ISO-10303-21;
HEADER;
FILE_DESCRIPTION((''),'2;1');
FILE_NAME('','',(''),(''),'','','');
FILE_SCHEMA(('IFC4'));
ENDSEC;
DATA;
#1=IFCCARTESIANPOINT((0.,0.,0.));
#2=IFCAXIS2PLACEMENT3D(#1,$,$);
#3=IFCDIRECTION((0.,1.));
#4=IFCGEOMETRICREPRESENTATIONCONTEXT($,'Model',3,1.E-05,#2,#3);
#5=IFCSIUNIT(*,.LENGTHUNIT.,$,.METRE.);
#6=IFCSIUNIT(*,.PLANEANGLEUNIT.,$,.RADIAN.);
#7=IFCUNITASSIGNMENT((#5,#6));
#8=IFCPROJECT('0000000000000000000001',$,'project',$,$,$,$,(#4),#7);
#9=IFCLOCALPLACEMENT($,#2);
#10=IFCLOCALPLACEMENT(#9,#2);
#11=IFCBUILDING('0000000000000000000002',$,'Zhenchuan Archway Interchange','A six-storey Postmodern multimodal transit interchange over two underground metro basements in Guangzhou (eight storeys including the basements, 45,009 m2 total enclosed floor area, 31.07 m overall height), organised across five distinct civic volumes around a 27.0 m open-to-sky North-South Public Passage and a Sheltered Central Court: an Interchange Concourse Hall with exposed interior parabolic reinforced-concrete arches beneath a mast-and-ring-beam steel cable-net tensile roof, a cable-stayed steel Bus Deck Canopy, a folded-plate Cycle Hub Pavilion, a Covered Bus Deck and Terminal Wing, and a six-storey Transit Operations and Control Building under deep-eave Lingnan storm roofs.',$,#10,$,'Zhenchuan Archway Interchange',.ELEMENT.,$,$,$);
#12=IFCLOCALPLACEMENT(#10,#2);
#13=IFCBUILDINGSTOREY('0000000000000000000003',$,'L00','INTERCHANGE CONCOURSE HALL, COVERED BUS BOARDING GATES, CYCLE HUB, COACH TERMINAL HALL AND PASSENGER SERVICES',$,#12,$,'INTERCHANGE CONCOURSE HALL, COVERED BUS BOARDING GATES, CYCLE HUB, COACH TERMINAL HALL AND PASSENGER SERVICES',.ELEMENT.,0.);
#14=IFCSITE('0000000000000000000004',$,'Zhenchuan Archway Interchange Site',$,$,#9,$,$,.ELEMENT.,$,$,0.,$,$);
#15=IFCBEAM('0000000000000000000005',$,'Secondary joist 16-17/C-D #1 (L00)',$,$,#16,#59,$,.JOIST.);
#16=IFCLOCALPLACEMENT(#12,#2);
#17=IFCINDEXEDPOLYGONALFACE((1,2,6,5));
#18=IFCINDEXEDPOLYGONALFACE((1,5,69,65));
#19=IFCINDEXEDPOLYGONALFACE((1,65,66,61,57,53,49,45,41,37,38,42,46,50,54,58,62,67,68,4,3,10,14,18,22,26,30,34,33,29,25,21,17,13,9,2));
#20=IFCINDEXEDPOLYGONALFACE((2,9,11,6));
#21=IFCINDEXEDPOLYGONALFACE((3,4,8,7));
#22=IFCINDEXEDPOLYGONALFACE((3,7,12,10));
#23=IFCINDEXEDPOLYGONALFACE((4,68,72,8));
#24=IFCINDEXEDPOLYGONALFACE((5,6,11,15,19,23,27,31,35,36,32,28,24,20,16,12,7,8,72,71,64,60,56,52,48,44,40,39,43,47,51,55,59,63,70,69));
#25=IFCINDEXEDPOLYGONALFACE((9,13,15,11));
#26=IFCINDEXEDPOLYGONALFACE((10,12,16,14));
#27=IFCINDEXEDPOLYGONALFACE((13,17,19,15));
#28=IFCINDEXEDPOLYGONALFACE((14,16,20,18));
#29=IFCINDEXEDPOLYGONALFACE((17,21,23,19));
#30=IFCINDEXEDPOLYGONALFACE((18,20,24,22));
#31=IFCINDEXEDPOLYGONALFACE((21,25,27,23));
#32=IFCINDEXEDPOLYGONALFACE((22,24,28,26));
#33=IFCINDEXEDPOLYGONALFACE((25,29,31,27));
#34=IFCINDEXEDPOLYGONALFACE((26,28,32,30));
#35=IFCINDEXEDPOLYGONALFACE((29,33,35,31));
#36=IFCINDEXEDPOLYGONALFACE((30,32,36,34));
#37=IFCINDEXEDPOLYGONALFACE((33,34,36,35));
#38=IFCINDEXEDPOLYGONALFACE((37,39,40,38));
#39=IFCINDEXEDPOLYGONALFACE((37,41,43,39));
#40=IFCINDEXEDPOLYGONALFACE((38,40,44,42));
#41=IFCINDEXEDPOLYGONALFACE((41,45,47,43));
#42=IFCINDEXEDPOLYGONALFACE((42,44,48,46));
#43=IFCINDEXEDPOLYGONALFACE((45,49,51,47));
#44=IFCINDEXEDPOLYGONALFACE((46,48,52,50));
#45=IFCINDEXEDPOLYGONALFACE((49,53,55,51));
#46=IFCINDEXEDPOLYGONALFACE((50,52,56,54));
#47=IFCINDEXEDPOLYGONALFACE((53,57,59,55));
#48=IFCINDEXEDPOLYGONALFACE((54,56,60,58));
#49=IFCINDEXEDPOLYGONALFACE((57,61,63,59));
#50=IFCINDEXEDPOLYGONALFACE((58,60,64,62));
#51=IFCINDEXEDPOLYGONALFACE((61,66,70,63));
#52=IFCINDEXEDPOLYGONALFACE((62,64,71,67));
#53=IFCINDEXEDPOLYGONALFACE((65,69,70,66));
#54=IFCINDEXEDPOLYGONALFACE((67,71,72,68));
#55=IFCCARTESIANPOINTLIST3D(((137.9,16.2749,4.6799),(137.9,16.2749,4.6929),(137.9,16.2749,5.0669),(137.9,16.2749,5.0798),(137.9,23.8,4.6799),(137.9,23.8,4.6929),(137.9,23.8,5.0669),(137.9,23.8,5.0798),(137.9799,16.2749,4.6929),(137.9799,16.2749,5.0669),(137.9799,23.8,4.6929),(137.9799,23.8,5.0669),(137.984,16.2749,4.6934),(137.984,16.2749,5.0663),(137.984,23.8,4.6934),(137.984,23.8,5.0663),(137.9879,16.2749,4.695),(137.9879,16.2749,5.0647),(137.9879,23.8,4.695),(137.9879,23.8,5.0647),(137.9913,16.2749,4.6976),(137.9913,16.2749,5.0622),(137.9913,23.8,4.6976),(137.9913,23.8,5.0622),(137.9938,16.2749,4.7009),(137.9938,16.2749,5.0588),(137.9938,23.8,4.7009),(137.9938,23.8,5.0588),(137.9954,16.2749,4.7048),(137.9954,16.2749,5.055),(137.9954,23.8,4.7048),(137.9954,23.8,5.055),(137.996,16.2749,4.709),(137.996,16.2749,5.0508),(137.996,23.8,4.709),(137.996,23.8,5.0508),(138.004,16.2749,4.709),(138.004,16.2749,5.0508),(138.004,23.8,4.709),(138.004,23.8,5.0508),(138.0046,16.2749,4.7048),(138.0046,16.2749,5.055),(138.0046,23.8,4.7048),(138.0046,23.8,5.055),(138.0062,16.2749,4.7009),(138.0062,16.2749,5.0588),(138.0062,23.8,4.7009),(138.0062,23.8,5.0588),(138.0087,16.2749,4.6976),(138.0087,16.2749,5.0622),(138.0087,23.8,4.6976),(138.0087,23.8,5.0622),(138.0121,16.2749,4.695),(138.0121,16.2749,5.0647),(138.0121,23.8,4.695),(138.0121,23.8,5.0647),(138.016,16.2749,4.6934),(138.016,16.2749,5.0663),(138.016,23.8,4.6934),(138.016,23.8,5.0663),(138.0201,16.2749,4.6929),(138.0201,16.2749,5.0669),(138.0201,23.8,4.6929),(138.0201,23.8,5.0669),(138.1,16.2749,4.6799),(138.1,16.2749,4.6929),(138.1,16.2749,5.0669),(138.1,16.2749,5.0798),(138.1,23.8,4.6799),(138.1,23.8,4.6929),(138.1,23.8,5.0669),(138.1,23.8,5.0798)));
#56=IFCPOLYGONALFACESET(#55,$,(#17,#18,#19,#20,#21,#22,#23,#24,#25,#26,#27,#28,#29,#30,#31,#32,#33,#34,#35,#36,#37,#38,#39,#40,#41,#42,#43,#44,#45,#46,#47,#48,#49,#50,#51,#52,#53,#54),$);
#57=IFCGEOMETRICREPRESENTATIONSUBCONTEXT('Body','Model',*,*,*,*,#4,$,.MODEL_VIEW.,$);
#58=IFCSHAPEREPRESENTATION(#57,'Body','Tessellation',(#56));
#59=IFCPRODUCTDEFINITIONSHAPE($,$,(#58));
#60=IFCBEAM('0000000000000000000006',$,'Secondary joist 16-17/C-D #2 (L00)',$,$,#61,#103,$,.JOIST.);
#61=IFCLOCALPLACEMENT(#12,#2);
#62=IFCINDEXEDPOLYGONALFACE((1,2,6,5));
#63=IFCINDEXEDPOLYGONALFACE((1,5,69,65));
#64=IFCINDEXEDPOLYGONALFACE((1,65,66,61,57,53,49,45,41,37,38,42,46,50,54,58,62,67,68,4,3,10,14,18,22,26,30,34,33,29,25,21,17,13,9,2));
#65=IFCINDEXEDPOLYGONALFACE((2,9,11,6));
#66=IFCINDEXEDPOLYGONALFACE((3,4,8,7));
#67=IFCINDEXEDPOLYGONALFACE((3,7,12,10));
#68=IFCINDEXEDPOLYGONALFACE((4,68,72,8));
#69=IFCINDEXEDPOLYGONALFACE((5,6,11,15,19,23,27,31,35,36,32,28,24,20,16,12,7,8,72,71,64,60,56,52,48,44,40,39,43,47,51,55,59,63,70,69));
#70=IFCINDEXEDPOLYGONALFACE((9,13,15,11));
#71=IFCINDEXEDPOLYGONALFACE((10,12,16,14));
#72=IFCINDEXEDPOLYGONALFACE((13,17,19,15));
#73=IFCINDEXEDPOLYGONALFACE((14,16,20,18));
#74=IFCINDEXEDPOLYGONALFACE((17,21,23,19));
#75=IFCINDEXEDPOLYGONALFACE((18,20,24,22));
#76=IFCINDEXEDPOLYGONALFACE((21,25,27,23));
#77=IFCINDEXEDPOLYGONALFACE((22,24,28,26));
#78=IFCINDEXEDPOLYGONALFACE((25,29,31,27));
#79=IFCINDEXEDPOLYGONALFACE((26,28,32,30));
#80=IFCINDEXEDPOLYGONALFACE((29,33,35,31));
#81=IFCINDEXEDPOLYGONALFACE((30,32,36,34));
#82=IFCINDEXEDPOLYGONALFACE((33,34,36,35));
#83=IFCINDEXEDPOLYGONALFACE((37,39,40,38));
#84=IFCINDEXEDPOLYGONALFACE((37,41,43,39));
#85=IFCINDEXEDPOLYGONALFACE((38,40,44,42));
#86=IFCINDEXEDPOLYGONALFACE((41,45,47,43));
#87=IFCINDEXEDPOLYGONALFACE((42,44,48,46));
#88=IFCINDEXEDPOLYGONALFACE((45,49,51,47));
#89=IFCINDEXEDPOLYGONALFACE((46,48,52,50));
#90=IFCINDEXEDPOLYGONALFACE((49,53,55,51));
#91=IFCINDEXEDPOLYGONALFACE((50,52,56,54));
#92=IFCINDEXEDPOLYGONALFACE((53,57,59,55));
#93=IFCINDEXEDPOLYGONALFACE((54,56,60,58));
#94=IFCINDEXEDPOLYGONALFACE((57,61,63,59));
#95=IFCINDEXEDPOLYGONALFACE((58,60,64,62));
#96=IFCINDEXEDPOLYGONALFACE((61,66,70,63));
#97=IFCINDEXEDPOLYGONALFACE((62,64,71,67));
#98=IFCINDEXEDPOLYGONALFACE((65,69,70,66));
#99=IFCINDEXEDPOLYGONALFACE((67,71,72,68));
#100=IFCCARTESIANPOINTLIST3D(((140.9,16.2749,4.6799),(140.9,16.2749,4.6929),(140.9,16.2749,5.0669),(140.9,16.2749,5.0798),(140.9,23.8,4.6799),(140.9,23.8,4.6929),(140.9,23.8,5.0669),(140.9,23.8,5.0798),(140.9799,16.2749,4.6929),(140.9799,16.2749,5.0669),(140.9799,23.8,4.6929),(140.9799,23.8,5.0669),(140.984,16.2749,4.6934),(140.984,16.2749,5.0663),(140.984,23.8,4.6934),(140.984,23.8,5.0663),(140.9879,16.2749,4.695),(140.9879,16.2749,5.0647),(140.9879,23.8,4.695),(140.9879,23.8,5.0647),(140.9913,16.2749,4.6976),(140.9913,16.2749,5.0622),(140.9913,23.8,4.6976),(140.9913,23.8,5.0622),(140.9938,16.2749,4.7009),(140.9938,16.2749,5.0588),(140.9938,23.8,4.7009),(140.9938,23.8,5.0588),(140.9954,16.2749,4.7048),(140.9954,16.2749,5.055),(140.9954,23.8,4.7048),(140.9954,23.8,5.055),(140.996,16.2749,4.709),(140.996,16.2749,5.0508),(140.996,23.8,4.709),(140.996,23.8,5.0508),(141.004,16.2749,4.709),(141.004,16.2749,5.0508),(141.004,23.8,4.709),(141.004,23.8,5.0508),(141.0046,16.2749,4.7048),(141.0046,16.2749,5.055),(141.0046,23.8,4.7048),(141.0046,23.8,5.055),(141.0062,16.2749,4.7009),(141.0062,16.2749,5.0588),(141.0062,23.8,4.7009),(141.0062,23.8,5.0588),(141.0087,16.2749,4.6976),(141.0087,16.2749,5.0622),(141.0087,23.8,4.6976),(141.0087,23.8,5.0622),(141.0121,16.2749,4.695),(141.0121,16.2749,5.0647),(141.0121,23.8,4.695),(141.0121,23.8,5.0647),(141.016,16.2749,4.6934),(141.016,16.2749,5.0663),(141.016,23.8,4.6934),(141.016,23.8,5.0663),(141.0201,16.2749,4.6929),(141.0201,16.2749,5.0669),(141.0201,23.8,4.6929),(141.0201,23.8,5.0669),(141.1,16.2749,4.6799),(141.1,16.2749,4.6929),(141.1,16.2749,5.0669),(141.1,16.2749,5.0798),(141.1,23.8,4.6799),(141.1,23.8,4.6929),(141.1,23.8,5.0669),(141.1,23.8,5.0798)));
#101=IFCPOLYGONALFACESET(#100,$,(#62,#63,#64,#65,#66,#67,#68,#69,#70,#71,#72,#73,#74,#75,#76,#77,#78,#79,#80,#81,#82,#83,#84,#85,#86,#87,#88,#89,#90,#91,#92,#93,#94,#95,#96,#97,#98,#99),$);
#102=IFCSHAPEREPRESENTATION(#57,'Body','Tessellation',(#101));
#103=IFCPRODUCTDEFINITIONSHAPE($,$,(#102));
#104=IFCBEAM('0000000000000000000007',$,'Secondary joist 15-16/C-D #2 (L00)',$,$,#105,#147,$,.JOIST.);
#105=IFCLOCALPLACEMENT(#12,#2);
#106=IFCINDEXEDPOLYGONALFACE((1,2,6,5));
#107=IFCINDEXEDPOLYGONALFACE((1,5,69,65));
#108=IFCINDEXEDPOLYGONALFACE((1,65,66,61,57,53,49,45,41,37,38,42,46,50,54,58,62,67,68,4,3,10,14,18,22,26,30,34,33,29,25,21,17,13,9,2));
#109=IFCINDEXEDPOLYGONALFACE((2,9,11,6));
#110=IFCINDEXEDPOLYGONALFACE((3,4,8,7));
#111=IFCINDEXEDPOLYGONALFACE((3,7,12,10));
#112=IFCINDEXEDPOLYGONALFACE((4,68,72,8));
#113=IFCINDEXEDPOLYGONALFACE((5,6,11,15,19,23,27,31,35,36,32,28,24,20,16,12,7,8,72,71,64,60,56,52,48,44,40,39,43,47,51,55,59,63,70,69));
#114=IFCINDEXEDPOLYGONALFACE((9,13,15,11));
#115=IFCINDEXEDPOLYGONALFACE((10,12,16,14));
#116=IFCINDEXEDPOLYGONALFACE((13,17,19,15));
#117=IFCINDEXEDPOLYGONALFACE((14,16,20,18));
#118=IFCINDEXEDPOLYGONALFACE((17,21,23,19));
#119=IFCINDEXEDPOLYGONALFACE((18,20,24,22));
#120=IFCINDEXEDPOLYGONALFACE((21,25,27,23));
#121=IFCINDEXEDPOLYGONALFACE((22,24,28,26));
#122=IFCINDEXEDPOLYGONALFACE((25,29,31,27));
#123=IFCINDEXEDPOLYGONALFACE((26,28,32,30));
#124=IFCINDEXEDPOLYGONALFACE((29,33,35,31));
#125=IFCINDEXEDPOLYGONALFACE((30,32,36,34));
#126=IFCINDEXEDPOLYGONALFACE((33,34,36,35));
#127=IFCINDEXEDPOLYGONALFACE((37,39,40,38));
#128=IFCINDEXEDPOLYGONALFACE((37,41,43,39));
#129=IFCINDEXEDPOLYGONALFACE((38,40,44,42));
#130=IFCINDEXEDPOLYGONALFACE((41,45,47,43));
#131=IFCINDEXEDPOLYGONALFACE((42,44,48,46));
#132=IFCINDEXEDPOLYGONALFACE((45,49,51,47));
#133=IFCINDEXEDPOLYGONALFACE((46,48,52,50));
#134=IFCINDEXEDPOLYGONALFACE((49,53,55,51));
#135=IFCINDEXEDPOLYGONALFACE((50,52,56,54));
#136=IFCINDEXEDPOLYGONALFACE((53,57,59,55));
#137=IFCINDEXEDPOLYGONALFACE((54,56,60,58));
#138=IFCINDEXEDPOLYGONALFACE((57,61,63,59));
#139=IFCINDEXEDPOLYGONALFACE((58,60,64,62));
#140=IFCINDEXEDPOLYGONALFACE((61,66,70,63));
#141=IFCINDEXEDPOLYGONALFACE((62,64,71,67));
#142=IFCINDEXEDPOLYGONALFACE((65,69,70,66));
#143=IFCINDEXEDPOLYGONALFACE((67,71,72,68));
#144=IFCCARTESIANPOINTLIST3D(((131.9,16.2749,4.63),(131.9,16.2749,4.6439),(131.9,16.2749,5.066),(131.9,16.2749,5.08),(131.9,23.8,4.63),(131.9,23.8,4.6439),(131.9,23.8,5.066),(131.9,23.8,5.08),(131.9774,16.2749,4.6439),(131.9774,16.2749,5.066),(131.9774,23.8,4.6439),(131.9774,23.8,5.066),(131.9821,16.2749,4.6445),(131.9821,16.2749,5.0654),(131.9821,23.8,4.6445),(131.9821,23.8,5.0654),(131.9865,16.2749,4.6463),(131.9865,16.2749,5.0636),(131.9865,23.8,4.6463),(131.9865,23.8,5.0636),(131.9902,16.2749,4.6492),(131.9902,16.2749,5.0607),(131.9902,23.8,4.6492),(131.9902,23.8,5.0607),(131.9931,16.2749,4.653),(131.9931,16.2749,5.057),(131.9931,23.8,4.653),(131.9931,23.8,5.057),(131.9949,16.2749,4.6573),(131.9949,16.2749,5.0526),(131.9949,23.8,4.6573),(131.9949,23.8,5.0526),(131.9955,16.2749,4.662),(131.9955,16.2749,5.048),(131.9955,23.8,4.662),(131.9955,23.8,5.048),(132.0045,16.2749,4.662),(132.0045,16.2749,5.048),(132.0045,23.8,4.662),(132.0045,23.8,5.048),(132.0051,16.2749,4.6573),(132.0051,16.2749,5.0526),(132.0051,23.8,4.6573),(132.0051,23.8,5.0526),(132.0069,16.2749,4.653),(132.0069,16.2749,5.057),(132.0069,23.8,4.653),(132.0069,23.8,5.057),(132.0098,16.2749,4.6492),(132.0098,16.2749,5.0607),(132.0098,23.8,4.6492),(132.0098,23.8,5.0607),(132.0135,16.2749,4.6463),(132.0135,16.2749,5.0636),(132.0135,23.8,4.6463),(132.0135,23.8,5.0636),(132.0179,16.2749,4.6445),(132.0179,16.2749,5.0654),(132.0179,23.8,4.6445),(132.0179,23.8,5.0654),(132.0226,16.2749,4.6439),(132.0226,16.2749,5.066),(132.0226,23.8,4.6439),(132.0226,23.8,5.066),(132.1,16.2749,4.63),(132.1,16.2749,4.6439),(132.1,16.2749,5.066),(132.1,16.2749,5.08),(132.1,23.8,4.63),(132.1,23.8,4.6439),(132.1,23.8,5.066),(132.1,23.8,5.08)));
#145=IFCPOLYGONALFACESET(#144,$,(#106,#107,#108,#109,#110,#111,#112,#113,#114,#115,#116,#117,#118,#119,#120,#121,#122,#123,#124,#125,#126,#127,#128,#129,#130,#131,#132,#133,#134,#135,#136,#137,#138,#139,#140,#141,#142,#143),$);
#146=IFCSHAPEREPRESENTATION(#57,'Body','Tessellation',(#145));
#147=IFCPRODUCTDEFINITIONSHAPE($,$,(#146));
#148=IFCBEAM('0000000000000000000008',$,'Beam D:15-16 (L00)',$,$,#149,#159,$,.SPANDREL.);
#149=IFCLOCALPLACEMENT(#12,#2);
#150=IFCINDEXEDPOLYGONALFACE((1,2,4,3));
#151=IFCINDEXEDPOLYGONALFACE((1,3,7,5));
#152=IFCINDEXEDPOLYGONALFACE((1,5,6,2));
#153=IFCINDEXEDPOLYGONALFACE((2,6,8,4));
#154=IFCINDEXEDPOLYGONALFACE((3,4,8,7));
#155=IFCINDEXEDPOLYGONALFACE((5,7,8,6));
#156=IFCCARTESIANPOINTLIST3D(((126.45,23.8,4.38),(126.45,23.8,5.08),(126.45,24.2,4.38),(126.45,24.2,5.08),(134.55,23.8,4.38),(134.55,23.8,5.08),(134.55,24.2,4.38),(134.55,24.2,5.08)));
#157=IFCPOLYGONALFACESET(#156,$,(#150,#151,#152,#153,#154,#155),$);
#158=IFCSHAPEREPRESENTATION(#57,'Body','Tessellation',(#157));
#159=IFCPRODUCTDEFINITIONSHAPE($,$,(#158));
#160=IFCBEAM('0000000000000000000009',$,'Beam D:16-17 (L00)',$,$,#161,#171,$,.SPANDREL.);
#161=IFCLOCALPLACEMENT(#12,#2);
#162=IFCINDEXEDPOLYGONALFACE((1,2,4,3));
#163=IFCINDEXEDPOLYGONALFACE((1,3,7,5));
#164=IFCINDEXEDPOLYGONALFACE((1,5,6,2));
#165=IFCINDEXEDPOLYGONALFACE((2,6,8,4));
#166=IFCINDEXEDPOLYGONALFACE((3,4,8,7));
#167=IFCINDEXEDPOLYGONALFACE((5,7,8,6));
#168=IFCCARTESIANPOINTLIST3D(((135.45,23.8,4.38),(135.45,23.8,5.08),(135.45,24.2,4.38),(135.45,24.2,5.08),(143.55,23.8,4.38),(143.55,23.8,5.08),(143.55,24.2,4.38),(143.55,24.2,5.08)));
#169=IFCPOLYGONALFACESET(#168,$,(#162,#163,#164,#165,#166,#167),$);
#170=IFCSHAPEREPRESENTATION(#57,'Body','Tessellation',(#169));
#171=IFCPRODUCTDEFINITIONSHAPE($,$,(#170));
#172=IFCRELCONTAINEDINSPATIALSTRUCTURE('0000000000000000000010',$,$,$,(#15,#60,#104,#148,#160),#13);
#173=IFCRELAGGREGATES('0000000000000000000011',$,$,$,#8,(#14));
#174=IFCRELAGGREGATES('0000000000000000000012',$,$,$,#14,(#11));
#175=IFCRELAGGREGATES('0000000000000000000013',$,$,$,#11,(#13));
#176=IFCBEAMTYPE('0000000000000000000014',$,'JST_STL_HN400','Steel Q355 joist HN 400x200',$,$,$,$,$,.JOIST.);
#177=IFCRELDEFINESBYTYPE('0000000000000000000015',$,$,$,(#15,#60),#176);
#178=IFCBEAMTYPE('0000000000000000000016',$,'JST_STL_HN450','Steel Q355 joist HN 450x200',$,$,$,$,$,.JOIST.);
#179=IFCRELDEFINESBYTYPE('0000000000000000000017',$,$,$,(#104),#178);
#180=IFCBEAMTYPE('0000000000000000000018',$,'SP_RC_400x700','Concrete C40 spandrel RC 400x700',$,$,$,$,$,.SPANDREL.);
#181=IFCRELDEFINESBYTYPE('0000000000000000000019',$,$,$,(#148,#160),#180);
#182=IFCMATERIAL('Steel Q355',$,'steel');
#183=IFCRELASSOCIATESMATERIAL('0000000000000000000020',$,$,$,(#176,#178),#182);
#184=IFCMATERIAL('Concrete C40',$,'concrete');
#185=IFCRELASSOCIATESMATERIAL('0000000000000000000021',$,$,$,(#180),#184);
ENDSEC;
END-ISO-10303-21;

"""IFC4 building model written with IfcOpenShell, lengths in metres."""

from ifc_helpers import new_model, si_unit, direction, frame, origin, origin_2d, place, context, subcontext, project, spatial, rectangle, i_section, extrude, material, material_profile, profile_set, type_object, element, save


model = new_model("IFC4")

# Units and contexts
model_context = context("Model", 3, precision=1e-05, world=origin(), true_north=direction((0.0, 1.0)))
body_context = subcontext(model_context, "Body", "Model", "MODEL_VIEW")
ifc_project = project(units=[si_unit("LENGTHUNIT", "METRE"), si_unit("PLANEANGLEUNIT", "RADIAN")], contexts=[model_context])

# Site, building, storey
site_placement = place(None, origin())
site = spatial("IfcSite", under=ifc_project, at=site_placement, Name="Zhenchuan Archway Interchange Site", CompositionType="ELEMENT", RefElevation=0.0)
building_placement = place(site_placement, origin())
building = spatial("IfcBuilding", under=site, at=building_placement, Name="Zhenchuan Archway Interchange", Description="A six-storey Postmodern multimodal transit interchange over two underground metro basements in Guangzhou (eight storeys including the basements, 45,009 m2 total enclosed floor area, 31.07 m overall height), organised across five distinct civic volumes around a 27.0 m open-to-sky North-South Public Passage and a Sheltered Central Court: an Interchange Concourse Hall with exposed interior parabolic reinforced-concrete arches beneath a mast-and-ring-beam steel cable-net tensile roof, a cable-stayed steel Bus Deck Canopy, a folded-plate Cycle Hub Pavilion, a Covered Bus Deck and Terminal Wing, and a six-storey Transit Operations and Control Building under deep-eave Lingnan storm roofs.", LongName="Zhenchuan Archway Interchange", CompositionType="ELEMENT")
storey_placement = place(building_placement, origin())
storey = spatial("IfcBuildingStorey", under=building, at=storey_placement, Name="L00", Description="INTERCHANGE CONCOURSE HALL, COVERED BUS BOARDING GATES, CYCLE HUB, COACH TERMINAL HALL AND PASSENGER SERVICES", LongName="INTERCHANGE CONCOURSE HALL, COVERED BUS BOARDING GATES, CYCLE HUB, COACH TERMINAL HALL AND PASSENGER SERVICES", CompositionType="ELEMENT", Elevation=0.0)

# Shared definitions
ifc_material_1 = material(Name="Concrete C40", Category="concrete")

# Beams
ifc_material_2 = material(Name="Steel Q355", Category="steel")
ifc_material_profile_1 = material_profile(ifc_material_2, i_section(OverallWidth=0.2, OverallDepth=0.3999, WebThickness=0.0081, FlangeThickness=0.0129, FilletRadius=0.0161, at=origin_2d()), Name="HN 400x200")
ifc_profile_set_1 = profile_set([ifc_material_profile_1], Name="Steel Q355")
beam_type_1 = type_object("IfcBeamType", Name="JST_STL_HN400", Description="Steel Q355 joist HN 400x200", PredefinedType="JOIST", material=ifc_profile_set_1)
for number, where, z_axis, x_axis, name in (
    (1, (138.0, 16.2749, 4.8799), (0.0, 1.0, 0.0), (-1.0, 0.0, 0.0), "Secondary joist 16-17/C-D #1 (L00)"),
    (2, (141.0, 16.2749, 4.8799), (0.0, 1.0, 0.0), (-1.0, 0.0, 0.0), "Secondary joist 16-17/C-D #2 (L00)"),
):
    element("IfcBeam", number, at=place(storey_placement, frame(where, z_axis=z_axis, x_axis=x_axis)), inside=storey, type_object=beam_type_1, Name=name, PredefinedType="JOIST", context=body_context, shape_type="SweptSolid", body=[
        extrude(i_section(OverallWidth=0.2, OverallDepth=0.3999, WebThickness=0.0081, FlangeThickness=0.0129, FilletRadius=0.0161, at=origin_2d()), origin(), (0.0, 0.0, 1.0), 7.5251),
    ])
ifc_material_profile_2 = material_profile(ifc_material_2, i_section(OverallWidth=0.2, OverallDepth=0.45, WebThickness=0.009, FlangeThickness=0.0139, FilletRadius=0.0181, at=origin_2d()), Name="HN 450x200")
ifc_profile_set_2 = profile_set([ifc_material_profile_2], Name="Steel Q355")
beam_type_2 = type_object("IfcBeamType", Name="JST_STL_HN450", Description="Steel Q355 joist HN 450x200", PredefinedType="JOIST", material=ifc_profile_set_2)
beam_placement = place(storey_placement, frame((132.0, 16.2749, 4.855), z_axis=(0.0, 1.0, 0.0), x_axis=(-1.0, 0.0, 0.0)))
element("IfcBeam", 3, at=beam_placement, inside=storey, type_object=beam_type_2, Name="Secondary joist 15-16/C-D #2 (L00)", PredefinedType="JOIST", context=body_context, shape_type="SweptSolid", body=[
    extrude(i_section(OverallWidth=0.2, OverallDepth=0.45, WebThickness=0.009, FlangeThickness=0.0139, FilletRadius=0.0181, at=origin_2d()), origin(), (0.0, 0.0, 1.0), 7.5251),
])
ifc_material_profile_3 = material_profile(ifc_material_1, rectangle(XDim=0.3999, YDim=0.7, at=origin_2d()), Name="RC 400x700")
ifc_profile_set_3 = profile_set([ifc_material_profile_3], Name="Concrete C40")
beam_type_3 = type_object("IfcBeamType", Name="SP_RC_400x700", Description="Concrete C40 spandrel RC 400x700", PredefinedType="SPANDREL", material=ifc_profile_set_3)
for number, where, z_axis, x_axis, name in (
    (4, (126.45, 24.0, 4.73), (1.0, 0.0, 0.0), (0.0, 1.0, 0.0), "Beam D:15-16 (L00)"),
    (5, (135.45, 24.0, 4.73), (1.0, 0.0, 0.0), (0.0, 1.0, 0.0), "Beam D:16-17 (L00)"),
):
    element("IfcBeam", number, at=place(storey_placement, frame(where, z_axis=z_axis, x_axis=x_axis)), inside=storey, type_object=beam_type_3, Name=name, PredefinedType="SPANDREL", context=body_context, shape_type="SweptSolid", body=[
        extrude(rectangle(XDim=0.3999, YDim=0.7, at=origin_2d()), origin(), (0.0, 0.0, 1.0), 8.1001),
    ])

save(model, "model.ifc")
